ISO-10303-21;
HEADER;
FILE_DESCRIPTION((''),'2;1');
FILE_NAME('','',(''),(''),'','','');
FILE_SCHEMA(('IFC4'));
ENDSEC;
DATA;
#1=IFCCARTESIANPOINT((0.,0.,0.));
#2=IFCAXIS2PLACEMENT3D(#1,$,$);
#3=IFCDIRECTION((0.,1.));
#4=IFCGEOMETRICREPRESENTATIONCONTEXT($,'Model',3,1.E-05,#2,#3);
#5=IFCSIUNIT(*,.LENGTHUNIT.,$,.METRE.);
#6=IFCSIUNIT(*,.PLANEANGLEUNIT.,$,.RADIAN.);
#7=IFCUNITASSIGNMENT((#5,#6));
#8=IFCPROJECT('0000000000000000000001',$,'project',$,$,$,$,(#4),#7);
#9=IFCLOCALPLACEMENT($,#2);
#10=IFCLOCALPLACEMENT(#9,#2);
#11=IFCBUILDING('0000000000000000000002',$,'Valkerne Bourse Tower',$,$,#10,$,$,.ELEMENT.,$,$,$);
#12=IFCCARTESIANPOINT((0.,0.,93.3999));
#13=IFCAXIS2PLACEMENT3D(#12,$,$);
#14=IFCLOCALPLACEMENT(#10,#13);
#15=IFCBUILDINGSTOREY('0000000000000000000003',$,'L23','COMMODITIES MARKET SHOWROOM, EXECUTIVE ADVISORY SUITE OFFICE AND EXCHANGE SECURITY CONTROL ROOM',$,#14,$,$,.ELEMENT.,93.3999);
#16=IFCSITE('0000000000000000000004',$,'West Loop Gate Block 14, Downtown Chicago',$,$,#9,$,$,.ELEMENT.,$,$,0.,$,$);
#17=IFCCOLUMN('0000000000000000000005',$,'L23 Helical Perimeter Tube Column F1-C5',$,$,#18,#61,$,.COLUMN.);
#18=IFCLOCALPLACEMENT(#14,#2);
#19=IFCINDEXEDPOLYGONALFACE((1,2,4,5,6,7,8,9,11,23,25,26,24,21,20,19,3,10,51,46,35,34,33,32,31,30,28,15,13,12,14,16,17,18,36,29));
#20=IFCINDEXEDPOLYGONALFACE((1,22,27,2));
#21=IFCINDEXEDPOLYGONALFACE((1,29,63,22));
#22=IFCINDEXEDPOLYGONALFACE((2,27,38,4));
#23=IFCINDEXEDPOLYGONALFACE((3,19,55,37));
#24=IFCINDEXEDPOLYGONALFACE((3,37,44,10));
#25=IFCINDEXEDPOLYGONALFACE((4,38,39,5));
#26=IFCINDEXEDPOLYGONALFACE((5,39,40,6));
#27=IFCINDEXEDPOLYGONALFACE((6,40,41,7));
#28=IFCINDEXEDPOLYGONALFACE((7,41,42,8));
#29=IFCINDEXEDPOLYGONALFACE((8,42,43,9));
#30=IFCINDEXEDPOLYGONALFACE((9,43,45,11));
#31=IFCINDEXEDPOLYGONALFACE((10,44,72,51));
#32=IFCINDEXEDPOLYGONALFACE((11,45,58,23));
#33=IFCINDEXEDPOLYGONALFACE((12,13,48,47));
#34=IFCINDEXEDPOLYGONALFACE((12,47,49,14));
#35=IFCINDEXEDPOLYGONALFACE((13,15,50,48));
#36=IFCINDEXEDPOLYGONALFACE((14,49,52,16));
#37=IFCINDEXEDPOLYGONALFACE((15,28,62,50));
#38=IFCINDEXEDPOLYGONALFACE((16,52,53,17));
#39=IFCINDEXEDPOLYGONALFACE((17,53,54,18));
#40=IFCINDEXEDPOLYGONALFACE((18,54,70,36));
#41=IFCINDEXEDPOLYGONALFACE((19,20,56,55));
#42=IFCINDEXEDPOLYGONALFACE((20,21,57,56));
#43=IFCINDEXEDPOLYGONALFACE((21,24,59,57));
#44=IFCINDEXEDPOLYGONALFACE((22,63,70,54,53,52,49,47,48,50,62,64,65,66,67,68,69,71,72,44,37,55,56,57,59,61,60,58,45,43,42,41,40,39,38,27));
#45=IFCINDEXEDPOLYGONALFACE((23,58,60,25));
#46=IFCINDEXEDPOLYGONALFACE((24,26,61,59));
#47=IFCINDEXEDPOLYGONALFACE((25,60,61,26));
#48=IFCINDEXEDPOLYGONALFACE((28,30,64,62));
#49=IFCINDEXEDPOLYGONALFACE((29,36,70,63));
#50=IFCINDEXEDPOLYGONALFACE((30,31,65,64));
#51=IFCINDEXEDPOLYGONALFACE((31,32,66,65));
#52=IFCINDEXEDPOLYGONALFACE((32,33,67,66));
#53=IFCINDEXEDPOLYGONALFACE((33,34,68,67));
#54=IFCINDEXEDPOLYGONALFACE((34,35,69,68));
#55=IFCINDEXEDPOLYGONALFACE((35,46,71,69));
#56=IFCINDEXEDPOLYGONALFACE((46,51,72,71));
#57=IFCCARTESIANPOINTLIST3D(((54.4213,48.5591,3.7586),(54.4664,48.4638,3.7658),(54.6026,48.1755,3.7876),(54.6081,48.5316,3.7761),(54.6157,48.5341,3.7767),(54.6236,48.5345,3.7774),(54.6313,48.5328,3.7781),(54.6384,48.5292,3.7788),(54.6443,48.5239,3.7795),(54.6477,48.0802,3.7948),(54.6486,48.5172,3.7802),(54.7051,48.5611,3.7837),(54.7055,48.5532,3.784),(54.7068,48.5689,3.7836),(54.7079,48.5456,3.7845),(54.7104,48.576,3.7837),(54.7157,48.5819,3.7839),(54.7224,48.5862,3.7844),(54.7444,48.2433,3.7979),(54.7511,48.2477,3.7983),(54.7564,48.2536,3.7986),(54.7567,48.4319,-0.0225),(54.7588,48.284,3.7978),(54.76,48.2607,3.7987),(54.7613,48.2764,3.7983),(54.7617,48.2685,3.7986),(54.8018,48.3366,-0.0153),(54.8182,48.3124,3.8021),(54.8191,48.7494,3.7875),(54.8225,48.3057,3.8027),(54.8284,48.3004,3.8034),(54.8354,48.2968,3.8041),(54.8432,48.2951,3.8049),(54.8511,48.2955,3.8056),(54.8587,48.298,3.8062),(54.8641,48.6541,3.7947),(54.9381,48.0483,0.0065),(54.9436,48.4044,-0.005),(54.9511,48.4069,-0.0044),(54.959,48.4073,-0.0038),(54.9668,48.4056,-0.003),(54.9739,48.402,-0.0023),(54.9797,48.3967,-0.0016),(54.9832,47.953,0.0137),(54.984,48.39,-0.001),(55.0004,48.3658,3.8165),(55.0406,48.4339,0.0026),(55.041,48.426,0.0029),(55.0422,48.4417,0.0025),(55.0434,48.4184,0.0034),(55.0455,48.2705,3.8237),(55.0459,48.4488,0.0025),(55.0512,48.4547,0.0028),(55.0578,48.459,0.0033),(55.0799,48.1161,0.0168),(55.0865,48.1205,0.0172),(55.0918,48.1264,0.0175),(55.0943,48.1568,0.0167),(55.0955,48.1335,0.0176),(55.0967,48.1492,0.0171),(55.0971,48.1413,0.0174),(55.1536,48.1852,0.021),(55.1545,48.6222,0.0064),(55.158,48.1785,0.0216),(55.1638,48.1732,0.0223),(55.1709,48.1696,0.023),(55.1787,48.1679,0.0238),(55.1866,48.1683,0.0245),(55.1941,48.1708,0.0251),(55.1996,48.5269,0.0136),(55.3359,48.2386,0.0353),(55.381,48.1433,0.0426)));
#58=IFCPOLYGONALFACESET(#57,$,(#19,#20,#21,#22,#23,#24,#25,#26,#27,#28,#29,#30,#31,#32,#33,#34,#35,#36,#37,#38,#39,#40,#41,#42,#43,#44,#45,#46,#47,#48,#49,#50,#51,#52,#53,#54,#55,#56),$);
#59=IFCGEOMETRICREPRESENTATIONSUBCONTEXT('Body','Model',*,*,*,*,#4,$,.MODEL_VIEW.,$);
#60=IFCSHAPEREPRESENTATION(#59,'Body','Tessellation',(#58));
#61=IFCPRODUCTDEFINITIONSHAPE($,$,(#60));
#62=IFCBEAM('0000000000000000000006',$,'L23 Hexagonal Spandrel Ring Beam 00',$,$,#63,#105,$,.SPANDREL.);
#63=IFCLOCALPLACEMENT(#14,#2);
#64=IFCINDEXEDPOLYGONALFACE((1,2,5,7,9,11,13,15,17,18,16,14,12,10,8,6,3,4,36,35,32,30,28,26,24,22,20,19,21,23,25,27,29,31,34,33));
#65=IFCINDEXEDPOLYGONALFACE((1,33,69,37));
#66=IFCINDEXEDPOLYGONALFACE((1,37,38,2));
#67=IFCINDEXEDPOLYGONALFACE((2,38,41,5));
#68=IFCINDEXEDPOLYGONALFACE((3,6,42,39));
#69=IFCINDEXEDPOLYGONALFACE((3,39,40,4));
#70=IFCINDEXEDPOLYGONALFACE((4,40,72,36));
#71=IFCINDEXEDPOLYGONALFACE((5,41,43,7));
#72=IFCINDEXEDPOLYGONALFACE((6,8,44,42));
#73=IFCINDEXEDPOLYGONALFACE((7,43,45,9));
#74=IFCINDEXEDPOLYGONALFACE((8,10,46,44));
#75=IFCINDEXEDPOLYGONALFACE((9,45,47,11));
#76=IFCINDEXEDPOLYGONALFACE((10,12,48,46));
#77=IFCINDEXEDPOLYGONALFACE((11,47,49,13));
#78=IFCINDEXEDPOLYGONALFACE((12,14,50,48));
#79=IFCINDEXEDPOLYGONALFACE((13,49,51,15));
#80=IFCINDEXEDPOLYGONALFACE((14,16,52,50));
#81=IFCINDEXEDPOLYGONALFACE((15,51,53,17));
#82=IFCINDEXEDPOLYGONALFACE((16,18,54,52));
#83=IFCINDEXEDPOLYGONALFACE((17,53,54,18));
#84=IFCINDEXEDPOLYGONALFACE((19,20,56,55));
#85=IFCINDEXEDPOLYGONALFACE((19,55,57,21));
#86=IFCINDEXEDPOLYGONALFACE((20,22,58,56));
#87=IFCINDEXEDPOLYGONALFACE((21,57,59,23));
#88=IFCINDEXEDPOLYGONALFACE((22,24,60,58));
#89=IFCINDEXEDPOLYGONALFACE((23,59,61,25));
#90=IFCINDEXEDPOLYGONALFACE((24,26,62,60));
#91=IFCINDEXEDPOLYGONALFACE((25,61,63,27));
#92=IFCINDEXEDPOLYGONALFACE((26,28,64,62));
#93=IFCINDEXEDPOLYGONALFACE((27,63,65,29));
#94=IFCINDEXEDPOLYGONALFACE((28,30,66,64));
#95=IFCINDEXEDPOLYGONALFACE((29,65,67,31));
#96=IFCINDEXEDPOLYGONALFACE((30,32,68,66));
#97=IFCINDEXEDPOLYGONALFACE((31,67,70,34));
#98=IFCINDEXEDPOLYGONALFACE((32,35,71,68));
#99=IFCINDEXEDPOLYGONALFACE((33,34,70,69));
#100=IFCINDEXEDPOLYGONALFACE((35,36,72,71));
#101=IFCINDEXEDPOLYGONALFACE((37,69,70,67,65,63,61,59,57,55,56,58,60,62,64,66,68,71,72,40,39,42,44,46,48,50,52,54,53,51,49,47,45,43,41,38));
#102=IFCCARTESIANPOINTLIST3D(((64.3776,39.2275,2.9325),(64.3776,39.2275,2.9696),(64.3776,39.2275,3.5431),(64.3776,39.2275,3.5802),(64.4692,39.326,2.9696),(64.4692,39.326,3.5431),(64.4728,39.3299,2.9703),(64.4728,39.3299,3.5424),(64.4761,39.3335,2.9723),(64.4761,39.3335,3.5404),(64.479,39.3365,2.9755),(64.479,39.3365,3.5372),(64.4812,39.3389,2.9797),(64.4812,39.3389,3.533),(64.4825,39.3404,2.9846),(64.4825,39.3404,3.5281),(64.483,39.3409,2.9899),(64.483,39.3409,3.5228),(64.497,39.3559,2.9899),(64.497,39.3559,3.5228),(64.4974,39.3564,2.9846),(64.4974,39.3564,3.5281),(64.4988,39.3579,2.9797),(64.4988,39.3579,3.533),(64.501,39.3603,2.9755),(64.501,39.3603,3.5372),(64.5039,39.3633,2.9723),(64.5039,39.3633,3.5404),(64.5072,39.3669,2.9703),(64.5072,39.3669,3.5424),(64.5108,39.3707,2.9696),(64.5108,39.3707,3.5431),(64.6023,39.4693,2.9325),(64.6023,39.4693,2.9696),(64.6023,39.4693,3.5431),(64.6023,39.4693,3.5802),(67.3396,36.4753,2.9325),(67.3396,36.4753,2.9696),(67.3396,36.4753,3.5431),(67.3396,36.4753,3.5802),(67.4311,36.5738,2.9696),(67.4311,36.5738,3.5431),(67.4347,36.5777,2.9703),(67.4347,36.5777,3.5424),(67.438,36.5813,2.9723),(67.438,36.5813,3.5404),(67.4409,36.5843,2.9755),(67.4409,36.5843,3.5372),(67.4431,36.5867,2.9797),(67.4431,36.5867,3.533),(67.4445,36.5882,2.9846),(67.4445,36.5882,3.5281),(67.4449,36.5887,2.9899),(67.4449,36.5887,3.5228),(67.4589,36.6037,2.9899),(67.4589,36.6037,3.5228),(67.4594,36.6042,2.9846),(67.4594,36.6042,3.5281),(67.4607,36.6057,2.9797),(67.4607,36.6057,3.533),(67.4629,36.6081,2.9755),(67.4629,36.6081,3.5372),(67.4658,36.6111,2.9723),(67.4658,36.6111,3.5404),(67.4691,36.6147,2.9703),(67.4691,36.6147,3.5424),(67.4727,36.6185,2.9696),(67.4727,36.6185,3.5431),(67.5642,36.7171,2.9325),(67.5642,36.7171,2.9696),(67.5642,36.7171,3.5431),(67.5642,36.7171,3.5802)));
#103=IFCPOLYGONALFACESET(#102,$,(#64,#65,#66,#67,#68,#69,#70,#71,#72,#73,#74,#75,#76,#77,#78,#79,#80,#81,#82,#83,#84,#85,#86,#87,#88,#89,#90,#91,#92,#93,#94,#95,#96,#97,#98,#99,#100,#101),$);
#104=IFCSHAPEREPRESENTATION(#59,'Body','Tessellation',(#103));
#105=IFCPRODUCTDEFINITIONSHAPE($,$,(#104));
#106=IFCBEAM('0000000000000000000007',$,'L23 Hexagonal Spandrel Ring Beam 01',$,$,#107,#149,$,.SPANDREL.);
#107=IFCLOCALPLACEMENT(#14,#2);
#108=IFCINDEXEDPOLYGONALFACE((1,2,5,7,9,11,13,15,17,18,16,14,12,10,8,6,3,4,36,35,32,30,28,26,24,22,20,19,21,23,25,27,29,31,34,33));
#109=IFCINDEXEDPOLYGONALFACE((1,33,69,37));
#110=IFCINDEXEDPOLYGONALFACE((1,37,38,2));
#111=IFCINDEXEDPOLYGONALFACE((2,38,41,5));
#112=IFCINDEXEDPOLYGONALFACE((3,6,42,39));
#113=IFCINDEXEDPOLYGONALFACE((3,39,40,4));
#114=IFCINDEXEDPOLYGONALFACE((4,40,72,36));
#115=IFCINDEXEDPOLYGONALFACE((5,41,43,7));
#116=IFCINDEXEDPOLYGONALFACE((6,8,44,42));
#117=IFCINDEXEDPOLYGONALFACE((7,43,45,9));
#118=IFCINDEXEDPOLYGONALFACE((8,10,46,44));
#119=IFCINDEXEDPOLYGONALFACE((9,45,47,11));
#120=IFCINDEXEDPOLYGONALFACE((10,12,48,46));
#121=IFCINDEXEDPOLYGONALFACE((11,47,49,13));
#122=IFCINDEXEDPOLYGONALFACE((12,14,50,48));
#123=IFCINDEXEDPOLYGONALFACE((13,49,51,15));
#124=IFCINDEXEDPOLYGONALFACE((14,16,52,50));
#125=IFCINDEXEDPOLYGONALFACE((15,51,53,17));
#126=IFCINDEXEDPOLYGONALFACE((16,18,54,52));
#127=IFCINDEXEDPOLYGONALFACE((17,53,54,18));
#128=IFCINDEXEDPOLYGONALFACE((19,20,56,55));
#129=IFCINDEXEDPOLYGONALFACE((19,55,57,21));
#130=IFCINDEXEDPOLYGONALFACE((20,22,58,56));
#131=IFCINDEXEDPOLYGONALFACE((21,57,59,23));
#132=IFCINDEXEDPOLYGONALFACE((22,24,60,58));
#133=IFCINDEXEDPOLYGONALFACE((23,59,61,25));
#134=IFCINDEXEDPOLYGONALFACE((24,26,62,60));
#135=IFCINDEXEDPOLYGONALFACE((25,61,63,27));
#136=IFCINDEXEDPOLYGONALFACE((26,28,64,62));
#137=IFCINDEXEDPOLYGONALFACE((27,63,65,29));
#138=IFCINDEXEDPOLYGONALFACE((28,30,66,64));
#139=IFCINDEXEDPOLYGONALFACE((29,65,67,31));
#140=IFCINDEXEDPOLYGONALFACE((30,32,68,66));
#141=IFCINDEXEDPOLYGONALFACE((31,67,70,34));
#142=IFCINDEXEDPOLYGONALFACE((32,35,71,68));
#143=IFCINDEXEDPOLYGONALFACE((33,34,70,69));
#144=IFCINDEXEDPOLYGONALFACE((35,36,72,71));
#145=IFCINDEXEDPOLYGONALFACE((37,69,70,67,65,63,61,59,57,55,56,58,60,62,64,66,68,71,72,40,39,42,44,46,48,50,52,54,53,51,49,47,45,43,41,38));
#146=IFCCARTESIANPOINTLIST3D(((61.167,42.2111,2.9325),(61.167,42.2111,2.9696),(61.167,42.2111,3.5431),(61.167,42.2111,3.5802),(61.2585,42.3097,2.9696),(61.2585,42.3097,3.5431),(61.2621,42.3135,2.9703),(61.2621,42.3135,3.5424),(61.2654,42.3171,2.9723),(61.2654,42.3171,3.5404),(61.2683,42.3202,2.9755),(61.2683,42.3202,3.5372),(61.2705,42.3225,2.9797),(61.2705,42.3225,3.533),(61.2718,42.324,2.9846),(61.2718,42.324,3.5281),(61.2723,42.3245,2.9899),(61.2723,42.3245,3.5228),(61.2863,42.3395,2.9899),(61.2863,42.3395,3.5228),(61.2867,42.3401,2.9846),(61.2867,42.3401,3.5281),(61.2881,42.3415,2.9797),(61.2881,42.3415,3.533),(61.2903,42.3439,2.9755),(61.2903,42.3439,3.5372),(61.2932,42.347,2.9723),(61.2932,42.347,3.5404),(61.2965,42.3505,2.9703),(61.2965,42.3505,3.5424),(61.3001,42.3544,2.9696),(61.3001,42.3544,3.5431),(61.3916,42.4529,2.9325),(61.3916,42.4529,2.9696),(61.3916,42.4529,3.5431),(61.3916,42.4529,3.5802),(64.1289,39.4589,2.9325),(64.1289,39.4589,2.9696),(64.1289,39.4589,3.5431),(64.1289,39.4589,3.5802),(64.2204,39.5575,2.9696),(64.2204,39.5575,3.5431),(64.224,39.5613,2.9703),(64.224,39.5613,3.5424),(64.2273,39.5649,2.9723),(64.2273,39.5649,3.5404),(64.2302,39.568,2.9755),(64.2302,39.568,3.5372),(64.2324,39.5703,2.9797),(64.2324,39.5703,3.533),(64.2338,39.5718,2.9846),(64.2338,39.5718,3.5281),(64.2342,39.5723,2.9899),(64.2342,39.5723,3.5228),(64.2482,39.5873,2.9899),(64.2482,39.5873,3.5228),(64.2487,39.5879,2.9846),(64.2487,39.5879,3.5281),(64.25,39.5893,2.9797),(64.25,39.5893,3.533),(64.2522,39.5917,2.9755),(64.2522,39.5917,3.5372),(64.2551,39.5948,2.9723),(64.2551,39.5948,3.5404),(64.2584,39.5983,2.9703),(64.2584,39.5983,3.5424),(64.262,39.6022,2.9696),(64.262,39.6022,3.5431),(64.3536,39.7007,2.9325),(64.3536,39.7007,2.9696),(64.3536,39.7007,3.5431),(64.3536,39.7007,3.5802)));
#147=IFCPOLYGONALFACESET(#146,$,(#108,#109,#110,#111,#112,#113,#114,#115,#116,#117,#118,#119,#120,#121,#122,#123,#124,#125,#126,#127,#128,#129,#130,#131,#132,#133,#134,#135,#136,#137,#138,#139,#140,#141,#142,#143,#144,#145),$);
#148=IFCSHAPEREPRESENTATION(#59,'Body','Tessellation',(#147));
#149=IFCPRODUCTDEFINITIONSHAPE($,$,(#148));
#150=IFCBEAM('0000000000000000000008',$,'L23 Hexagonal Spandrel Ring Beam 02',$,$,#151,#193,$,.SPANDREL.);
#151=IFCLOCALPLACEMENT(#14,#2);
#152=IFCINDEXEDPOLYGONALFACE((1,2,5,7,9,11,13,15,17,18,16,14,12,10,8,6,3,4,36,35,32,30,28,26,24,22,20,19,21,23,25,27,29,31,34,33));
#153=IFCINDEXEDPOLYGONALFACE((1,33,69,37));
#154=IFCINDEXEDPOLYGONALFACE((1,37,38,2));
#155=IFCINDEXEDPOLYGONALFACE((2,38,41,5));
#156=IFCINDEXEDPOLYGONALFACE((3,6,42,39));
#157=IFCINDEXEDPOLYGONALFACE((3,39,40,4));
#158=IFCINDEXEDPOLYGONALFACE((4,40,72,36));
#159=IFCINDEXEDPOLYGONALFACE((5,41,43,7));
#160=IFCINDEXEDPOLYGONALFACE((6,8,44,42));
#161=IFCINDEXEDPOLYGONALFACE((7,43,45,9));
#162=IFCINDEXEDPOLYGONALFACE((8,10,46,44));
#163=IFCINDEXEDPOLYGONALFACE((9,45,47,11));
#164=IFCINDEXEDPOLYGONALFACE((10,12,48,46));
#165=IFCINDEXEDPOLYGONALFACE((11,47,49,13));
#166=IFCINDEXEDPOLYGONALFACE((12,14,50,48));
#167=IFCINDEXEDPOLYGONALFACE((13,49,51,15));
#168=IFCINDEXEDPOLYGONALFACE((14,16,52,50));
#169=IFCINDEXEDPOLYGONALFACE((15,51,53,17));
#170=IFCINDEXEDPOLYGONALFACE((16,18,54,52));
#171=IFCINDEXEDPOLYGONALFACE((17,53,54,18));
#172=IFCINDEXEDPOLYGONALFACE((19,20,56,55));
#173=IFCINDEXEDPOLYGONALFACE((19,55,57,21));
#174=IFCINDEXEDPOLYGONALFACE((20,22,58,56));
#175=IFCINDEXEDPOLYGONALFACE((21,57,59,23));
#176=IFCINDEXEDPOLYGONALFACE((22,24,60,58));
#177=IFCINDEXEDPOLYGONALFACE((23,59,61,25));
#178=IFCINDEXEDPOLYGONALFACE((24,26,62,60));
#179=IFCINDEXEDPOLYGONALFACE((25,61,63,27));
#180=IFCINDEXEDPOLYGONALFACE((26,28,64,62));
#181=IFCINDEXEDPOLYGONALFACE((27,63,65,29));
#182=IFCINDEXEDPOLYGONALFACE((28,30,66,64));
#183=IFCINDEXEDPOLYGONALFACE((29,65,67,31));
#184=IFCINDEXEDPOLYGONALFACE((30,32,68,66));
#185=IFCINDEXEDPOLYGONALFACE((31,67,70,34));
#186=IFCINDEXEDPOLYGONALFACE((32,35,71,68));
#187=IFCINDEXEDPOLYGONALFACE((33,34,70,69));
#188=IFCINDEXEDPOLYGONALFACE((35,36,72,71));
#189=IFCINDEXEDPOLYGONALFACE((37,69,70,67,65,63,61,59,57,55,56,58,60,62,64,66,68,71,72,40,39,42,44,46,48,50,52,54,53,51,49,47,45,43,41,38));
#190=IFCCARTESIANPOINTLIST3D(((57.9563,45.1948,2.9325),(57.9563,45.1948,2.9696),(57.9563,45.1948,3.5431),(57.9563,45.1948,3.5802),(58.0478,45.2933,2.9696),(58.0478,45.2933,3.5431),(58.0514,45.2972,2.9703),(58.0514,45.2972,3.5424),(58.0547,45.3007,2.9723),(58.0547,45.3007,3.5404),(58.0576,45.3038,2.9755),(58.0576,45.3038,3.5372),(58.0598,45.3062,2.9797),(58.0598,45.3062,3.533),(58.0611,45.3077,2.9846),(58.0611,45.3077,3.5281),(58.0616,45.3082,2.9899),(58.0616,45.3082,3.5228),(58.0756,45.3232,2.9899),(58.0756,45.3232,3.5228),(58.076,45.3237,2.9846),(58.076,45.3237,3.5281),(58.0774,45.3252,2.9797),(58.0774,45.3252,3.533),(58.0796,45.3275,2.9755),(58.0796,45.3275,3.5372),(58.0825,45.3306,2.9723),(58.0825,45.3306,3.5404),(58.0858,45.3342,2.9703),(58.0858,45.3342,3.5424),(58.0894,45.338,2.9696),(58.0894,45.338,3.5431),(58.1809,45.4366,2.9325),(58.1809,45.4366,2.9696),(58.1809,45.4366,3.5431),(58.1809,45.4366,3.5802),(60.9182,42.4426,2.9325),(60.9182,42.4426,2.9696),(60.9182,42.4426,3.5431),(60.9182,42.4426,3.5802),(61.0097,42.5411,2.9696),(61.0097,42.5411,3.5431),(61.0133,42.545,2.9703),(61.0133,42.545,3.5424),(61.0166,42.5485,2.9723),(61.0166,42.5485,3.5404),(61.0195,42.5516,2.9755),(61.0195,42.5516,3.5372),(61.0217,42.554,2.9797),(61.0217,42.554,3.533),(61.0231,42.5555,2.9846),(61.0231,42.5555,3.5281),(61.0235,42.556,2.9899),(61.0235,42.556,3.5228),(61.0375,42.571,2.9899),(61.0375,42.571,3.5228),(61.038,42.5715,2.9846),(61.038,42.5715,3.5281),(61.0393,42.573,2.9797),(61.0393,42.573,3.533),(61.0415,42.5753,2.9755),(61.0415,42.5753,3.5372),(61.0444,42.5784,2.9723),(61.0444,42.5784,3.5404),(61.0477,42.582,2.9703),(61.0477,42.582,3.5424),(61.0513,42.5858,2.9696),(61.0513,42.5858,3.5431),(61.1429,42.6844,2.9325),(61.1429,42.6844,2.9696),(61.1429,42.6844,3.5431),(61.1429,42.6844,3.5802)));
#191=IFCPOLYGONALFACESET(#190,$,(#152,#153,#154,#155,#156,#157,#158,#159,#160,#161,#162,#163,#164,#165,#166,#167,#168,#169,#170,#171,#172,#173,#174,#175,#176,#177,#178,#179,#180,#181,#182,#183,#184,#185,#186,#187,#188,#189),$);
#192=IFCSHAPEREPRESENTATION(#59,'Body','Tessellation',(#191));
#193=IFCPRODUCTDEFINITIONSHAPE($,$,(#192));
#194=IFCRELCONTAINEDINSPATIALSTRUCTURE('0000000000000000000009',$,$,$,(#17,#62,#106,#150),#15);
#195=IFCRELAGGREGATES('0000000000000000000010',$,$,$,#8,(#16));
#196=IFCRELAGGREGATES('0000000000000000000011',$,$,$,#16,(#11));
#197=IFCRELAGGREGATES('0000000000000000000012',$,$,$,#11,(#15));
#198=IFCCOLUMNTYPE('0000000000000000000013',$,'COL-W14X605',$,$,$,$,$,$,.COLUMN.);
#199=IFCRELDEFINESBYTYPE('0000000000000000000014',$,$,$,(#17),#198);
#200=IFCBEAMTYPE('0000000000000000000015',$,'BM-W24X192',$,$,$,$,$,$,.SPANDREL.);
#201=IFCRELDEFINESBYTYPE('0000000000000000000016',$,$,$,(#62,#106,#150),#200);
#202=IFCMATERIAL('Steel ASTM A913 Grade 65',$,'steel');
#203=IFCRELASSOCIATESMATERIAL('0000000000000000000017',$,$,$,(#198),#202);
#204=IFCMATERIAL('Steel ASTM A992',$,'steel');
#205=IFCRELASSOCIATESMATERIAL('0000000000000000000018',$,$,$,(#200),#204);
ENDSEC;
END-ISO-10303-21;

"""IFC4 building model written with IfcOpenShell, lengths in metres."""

from ifc_helpers import new_model, si_unit, direction, frame, origin, origin_2d, place, context, subcontext, project, spatial, i_section, extrude, material, material_profile, profile_set, type_object, element, save


model = new_model("IFC4")

# Units and contexts
model_context = context("Model", 3, precision=1e-05, world=origin(), true_north=direction((0.0, 1.0)))
body_context = subcontext(model_context, "Body", "Model", "MODEL_VIEW")
ifc_project = project(units=[si_unit("LENGTHUNIT", "METRE"), si_unit("PLANEANGLEUNIT", "RADIAN")], contexts=[model_context])

# Site, building, storey
site_placement = place(None, origin())
site = spatial("IfcSite", under=ifc_project, at=site_placement, Name="West Loop Gate Block 14, Downtown Chicago", CompositionType="ELEMENT", RefElevation=0.0)
building_placement = place(site_placement, origin())
building = spatial("IfcBuilding", under=site, at=building_placement, Name="Valkerne Bourse Tower", CompositionType="ELEMENT")
storey_placement = place(building_placement, frame((0.0, 0.0, 93.3999)))
storey = spatial("IfcBuildingStorey", under=building, at=storey_placement, Name="L23", Description="COMMODITIES MARKET SHOWROOM, EXECUTIVE ADVISORY SUITE OFFICE AND EXCHANGE SECURITY CONTROL ROOM", CompositionType="ELEMENT", Elevation=93.3999)

# Column
ifc_material_1 = material(Name="Steel ASTM A913 Grade 65", Category="steel")
ifc_material_profile_1 = material_profile(ifc_material_1, i_section(OverallWidth=0.4419, OverallDepth=0.531, WebThickness=0.0659, FlangeThickness=0.1057, FilletRadius=0.0305, at=origin_2d()), Name="W14X605")
ifc_profile_set_1 = profile_set([ifc_material_profile_1], Name="Steel ASTM A913 Grade 65")
column_type = type_object("IfcColumnType", Name="COL-W14X605", PredefinedType="COLUMN", material=ifc_profile_set_1)
column_1_placement = place(storey_placement, frame((55.0688, 48.2876, 0.01), z_axis=(-0.088323, 0.033491, 0.995529), x_axis=(0.900187, 0.430569, 0.065379)))
element("IfcColumn", 1, at=column_1_placement, inside=storey, type_object=column_type, Name="L23 Helical Perimeter Tube Column F1-C5", PredefinedType="COLUMN", context=body_context, shape_type="SweptSolid", body=[
    extrude(i_section(OverallWidth=0.4419, OverallDepth=0.531, WebThickness=0.0659, FlangeThickness=0.1057, FilletRadius=0.0305, at=origin_2d()), origin(), (0.0, 0.0, 1.0), 3.7981),
])

# Beams
ifc_material_2 = material(Name="Steel ASTM A992", Category="steel")
ifc_material_profile_2 = material_profile(ifc_material_2, i_section(OverallWidth=0.3301, OverallDepth=0.6477, WebThickness=0.0205, FlangeThickness=0.0371, FilletRadius=0.0203, at=origin_2d()), Name="W24X192")
ifc_profile_set_2 = profile_set([ifc_material_profile_2], Name="Steel ASTM A992")
beam_type = type_object("IfcBeamType", Name="BM-W24X192", PredefinedType="SPANDREL", material=ifc_profile_set_2)
for number, where, z_axis, x_axis, name in (
    (2, (67.4519, 36.5962, 3.2563), (-0.732565, 0.680697, 0.0), (-0.680697, -0.732565, 0.0), "L23 Hexagonal Spandrel Ring Beam 00"),
    (3, (64.2412, 39.5798, 3.2563), (-0.732565, 0.680697, 0.0), (-0.680697, -0.732565, 0.0), "L23 Hexagonal Spandrel Ring Beam 01"),
    (4, (61.0305, 42.5635, 3.2563), (-0.732565, 0.680697, 0.0), (-0.680697, -0.732565, 0.0), "L23 Hexagonal Spandrel Ring Beam 02"),
):
    element("IfcBeam", number, at=place(storey_placement, frame(where, z_axis=z_axis, x_axis=x_axis)), inside=storey, type_object=beam_type, Name=name, PredefinedType="SPANDREL", context=body_context, shape_type="SweptSolid", body=[
        extrude(i_section(OverallWidth=0.3301, OverallDepth=0.6477, WebThickness=0.0205, FlangeThickness=0.0371, FilletRadius=0.0203, at=origin_2d()), origin(), (0.0, 0.0, 1.0), 4.0432),
    ])

save(model, "model.ifc")
